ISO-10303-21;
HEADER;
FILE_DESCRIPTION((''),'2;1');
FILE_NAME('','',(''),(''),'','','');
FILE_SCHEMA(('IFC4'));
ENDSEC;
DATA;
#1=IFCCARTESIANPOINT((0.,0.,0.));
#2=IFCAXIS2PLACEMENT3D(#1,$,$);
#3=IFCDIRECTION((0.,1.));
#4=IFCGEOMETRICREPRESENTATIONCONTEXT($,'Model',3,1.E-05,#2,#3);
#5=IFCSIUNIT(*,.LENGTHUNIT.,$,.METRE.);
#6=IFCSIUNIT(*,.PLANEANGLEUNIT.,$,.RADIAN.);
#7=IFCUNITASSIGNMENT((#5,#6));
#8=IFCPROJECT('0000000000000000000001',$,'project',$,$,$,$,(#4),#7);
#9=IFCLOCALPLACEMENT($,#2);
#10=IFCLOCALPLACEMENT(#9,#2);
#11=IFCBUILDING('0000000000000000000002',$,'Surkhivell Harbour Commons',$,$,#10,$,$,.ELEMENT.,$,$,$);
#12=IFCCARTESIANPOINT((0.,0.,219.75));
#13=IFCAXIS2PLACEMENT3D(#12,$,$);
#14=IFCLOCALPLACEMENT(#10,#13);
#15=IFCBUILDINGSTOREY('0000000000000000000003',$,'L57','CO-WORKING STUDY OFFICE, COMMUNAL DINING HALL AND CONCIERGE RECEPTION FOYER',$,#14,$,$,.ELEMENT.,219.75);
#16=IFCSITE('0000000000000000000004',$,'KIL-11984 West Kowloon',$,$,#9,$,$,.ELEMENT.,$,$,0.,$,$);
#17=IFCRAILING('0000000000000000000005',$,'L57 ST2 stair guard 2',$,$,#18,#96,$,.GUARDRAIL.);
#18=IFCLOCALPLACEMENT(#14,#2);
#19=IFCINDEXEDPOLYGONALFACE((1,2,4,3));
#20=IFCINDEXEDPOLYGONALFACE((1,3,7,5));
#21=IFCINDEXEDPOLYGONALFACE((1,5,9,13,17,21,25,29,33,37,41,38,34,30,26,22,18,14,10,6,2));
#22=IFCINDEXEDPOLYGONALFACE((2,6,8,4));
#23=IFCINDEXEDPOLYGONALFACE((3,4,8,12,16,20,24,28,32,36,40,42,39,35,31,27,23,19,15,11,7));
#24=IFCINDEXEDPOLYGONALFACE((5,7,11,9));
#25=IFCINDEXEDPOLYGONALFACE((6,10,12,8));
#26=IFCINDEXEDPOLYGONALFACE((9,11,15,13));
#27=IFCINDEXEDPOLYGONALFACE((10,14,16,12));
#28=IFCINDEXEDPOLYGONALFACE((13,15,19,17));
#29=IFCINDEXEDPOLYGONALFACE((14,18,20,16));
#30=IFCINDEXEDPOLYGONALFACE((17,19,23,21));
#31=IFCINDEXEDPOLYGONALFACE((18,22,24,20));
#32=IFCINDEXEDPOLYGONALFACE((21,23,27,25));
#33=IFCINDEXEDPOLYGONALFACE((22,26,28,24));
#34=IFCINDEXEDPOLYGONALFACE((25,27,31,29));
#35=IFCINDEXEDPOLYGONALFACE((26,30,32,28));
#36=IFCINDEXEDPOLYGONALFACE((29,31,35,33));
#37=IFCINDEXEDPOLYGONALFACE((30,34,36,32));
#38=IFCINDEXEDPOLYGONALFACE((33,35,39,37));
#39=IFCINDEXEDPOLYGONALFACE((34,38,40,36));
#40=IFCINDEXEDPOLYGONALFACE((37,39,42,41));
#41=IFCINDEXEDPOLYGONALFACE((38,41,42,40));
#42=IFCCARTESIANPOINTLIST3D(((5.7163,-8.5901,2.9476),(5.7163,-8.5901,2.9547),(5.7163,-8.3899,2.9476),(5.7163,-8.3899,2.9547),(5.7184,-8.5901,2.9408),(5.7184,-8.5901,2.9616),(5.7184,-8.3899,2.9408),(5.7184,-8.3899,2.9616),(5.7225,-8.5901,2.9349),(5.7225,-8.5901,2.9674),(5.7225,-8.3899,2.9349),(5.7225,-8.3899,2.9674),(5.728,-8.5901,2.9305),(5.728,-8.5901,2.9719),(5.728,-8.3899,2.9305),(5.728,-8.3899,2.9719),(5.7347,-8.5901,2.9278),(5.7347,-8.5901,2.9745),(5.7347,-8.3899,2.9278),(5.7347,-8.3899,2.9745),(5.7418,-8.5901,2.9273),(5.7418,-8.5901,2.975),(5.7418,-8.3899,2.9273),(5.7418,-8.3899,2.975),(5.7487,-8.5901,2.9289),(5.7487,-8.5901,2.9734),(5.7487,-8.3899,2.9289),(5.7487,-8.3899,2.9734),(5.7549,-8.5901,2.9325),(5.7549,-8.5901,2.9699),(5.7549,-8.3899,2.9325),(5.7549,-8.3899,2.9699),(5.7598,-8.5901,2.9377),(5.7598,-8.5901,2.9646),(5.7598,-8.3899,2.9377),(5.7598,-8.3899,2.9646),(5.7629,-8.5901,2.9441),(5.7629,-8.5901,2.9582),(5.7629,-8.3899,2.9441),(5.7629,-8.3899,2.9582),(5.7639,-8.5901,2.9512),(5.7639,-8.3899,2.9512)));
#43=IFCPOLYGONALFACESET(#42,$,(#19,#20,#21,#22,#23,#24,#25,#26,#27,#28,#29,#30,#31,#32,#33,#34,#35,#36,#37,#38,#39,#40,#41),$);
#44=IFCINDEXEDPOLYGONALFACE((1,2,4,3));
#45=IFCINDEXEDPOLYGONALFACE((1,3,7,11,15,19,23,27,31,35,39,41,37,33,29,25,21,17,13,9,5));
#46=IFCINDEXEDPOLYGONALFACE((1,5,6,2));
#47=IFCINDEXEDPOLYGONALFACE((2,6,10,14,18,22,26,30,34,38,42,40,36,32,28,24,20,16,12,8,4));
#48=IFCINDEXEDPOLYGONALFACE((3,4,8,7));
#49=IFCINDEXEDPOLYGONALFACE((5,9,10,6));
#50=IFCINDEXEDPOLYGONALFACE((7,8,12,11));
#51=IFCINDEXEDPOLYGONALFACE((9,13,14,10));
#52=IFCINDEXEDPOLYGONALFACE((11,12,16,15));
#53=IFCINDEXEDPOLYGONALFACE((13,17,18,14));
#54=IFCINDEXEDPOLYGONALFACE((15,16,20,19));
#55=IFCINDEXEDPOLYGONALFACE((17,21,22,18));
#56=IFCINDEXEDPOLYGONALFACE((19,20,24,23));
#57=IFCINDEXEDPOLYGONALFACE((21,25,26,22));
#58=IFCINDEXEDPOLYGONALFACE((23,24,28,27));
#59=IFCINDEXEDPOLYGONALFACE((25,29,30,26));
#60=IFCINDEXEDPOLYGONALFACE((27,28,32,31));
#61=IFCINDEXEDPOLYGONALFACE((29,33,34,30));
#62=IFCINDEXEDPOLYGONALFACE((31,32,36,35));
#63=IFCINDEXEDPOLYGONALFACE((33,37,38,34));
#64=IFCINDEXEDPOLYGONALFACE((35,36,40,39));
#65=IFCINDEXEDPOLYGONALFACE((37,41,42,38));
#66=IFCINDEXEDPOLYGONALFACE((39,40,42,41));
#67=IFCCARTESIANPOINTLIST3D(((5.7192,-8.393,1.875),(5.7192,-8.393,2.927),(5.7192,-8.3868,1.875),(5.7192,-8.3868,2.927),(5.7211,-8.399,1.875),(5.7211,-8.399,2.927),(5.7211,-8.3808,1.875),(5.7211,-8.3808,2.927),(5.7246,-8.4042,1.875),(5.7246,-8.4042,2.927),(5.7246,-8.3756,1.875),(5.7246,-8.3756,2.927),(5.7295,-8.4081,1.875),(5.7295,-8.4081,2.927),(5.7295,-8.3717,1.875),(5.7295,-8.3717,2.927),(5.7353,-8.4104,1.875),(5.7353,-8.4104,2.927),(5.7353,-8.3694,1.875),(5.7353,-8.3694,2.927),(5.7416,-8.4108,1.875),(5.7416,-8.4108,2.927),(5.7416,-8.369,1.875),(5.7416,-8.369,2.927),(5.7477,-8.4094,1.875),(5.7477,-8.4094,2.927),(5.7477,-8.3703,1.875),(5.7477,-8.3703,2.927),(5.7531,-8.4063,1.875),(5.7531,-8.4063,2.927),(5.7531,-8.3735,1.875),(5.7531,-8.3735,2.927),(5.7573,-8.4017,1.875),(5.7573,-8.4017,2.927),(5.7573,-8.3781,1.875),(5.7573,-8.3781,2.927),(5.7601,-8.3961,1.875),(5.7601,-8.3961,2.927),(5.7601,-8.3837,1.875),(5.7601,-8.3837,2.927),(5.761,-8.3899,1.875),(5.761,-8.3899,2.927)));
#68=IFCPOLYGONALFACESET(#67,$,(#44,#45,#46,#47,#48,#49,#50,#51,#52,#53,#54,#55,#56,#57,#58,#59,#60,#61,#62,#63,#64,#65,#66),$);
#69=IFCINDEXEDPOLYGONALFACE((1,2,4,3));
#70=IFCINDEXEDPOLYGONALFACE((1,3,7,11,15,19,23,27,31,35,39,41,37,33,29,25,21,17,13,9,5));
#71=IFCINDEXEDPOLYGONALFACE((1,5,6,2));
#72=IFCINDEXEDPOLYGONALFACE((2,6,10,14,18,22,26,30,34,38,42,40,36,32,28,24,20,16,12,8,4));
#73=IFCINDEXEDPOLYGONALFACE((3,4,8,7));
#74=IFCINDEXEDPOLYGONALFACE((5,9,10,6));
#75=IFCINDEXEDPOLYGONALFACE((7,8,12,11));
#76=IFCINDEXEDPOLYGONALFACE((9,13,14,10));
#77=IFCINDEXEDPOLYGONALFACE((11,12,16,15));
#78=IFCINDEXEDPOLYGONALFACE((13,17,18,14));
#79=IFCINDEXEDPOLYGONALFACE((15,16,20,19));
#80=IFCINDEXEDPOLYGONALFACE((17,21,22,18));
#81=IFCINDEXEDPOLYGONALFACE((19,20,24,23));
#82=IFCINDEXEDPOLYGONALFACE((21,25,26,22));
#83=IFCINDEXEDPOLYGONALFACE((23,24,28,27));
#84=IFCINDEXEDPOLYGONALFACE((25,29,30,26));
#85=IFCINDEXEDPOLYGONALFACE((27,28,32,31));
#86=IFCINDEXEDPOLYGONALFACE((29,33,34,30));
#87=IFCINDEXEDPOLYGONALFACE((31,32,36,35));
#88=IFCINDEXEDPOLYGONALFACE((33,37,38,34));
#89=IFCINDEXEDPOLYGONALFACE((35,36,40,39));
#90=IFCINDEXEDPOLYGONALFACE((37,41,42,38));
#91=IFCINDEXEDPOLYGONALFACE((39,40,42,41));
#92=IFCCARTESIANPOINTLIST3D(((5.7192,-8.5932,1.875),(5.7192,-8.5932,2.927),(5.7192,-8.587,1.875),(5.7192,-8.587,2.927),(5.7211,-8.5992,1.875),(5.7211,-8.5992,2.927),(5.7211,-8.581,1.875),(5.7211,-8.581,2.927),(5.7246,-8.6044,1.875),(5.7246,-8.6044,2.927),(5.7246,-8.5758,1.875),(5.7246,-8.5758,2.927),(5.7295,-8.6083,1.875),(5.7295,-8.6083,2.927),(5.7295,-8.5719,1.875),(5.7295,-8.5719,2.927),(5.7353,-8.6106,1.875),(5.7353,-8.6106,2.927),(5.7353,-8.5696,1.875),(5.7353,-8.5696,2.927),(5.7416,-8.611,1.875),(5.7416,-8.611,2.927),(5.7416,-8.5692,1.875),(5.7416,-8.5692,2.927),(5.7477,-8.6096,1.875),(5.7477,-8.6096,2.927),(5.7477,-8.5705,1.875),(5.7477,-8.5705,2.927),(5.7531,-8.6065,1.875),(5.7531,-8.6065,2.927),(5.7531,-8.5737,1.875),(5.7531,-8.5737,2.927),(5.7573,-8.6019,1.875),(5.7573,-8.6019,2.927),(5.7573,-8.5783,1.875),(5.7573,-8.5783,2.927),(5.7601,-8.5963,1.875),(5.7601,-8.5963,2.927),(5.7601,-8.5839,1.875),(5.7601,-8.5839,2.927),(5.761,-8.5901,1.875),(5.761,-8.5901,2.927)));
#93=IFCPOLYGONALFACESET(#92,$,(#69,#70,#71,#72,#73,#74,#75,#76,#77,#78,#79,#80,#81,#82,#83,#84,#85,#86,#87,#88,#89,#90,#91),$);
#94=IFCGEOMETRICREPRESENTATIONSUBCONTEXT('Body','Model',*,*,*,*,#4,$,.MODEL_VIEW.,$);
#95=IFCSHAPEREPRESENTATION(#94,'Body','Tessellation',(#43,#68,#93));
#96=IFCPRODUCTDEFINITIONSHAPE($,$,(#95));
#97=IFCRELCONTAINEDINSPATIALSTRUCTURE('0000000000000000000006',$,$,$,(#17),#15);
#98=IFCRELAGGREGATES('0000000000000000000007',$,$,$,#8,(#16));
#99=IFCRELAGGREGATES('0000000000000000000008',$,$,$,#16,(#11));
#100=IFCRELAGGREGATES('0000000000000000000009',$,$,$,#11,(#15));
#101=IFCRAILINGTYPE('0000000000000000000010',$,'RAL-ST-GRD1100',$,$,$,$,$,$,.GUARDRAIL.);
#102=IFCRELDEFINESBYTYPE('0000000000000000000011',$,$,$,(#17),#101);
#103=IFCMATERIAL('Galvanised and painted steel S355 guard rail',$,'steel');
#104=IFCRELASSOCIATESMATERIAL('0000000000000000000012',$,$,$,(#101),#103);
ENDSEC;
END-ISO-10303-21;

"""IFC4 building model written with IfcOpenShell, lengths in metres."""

from ifc_helpers import new_model, si_unit, direction, frame, origin, origin_2d, place, context, subcontext, project, spatial, circle, extrude, material, type_object, element, save


model = new_model("IFC4")

# Units and contexts
model_context = context("Model", 3, precision=1e-05, world=origin(), true_north=direction((0.0, 1.0)))
body_context = subcontext(model_context, "Body", "Model", "MODEL_VIEW")
ifc_project = project(units=[si_unit("LENGTHUNIT", "METRE"), si_unit("PLANEANGLEUNIT", "RADIAN")], contexts=[model_context])

# Site, building, storey
site_placement = place(None, origin())
site = spatial("IfcSite", under=ifc_project, at=site_placement, Name="KIL-11984 West Kowloon", CompositionType="ELEMENT", RefElevation=0.0)
building_placement = place(site_placement, origin())
building = spatial("IfcBuilding", under=site, at=building_placement, Name="Surkhivell Harbour Commons", CompositionType="ELEMENT")
storey_placement = place(building_placement, frame((0.0, 0.0, 219.75)))
storey = spatial("IfcBuildingStorey", under=building, at=storey_placement, Name="L57", Description="CO-WORKING STUDY OFFICE, COMMUNAL DINING HALL AND CONCIERGE RECEPTION FOYER", CompositionType="ELEMENT", Elevation=219.75)

# Railing
ifc_material_1 = material(Name="Galvanised and painted steel S355 guard rail", Category="steel")
railing_type_1 = type_object("IfcRailingType", Name="RAL-ST-GRD1100", PredefinedType="GUARDRAIL", material=ifc_material_1)
railing_1_placement = place(storey_placement, frame((5.74, -8.3899, 1.875)))
element("IfcRailing", 1, at=railing_1_placement, inside=storey, type_object=railing_type_1, Name="L57 ST2 stair guard 2", PredefinedType="GUARDRAIL", context=body_context, shape_type="SweptSolid", body=[
    extrude(circle(Radius=0.0239, at=origin_2d()), frame((0.0, 0.0, 1.0762), z_axis=(0.0, -1.0, 0.0), x_axis=(1.0, 0.0, 0.0)), (0.0, 0.0, 1.0), 0.2002),
    extrude(circle(Radius=0.021, at=origin_2d()), origin(), (0.0, 0.0, 1.0), 1.052),
    extrude(circle(Radius=0.021, at=origin_2d()), frame((0.0, -0.2002, 0.0)), (0.0, 0.0, 1.0), 1.052),
])

save(model, "model.ifc")
